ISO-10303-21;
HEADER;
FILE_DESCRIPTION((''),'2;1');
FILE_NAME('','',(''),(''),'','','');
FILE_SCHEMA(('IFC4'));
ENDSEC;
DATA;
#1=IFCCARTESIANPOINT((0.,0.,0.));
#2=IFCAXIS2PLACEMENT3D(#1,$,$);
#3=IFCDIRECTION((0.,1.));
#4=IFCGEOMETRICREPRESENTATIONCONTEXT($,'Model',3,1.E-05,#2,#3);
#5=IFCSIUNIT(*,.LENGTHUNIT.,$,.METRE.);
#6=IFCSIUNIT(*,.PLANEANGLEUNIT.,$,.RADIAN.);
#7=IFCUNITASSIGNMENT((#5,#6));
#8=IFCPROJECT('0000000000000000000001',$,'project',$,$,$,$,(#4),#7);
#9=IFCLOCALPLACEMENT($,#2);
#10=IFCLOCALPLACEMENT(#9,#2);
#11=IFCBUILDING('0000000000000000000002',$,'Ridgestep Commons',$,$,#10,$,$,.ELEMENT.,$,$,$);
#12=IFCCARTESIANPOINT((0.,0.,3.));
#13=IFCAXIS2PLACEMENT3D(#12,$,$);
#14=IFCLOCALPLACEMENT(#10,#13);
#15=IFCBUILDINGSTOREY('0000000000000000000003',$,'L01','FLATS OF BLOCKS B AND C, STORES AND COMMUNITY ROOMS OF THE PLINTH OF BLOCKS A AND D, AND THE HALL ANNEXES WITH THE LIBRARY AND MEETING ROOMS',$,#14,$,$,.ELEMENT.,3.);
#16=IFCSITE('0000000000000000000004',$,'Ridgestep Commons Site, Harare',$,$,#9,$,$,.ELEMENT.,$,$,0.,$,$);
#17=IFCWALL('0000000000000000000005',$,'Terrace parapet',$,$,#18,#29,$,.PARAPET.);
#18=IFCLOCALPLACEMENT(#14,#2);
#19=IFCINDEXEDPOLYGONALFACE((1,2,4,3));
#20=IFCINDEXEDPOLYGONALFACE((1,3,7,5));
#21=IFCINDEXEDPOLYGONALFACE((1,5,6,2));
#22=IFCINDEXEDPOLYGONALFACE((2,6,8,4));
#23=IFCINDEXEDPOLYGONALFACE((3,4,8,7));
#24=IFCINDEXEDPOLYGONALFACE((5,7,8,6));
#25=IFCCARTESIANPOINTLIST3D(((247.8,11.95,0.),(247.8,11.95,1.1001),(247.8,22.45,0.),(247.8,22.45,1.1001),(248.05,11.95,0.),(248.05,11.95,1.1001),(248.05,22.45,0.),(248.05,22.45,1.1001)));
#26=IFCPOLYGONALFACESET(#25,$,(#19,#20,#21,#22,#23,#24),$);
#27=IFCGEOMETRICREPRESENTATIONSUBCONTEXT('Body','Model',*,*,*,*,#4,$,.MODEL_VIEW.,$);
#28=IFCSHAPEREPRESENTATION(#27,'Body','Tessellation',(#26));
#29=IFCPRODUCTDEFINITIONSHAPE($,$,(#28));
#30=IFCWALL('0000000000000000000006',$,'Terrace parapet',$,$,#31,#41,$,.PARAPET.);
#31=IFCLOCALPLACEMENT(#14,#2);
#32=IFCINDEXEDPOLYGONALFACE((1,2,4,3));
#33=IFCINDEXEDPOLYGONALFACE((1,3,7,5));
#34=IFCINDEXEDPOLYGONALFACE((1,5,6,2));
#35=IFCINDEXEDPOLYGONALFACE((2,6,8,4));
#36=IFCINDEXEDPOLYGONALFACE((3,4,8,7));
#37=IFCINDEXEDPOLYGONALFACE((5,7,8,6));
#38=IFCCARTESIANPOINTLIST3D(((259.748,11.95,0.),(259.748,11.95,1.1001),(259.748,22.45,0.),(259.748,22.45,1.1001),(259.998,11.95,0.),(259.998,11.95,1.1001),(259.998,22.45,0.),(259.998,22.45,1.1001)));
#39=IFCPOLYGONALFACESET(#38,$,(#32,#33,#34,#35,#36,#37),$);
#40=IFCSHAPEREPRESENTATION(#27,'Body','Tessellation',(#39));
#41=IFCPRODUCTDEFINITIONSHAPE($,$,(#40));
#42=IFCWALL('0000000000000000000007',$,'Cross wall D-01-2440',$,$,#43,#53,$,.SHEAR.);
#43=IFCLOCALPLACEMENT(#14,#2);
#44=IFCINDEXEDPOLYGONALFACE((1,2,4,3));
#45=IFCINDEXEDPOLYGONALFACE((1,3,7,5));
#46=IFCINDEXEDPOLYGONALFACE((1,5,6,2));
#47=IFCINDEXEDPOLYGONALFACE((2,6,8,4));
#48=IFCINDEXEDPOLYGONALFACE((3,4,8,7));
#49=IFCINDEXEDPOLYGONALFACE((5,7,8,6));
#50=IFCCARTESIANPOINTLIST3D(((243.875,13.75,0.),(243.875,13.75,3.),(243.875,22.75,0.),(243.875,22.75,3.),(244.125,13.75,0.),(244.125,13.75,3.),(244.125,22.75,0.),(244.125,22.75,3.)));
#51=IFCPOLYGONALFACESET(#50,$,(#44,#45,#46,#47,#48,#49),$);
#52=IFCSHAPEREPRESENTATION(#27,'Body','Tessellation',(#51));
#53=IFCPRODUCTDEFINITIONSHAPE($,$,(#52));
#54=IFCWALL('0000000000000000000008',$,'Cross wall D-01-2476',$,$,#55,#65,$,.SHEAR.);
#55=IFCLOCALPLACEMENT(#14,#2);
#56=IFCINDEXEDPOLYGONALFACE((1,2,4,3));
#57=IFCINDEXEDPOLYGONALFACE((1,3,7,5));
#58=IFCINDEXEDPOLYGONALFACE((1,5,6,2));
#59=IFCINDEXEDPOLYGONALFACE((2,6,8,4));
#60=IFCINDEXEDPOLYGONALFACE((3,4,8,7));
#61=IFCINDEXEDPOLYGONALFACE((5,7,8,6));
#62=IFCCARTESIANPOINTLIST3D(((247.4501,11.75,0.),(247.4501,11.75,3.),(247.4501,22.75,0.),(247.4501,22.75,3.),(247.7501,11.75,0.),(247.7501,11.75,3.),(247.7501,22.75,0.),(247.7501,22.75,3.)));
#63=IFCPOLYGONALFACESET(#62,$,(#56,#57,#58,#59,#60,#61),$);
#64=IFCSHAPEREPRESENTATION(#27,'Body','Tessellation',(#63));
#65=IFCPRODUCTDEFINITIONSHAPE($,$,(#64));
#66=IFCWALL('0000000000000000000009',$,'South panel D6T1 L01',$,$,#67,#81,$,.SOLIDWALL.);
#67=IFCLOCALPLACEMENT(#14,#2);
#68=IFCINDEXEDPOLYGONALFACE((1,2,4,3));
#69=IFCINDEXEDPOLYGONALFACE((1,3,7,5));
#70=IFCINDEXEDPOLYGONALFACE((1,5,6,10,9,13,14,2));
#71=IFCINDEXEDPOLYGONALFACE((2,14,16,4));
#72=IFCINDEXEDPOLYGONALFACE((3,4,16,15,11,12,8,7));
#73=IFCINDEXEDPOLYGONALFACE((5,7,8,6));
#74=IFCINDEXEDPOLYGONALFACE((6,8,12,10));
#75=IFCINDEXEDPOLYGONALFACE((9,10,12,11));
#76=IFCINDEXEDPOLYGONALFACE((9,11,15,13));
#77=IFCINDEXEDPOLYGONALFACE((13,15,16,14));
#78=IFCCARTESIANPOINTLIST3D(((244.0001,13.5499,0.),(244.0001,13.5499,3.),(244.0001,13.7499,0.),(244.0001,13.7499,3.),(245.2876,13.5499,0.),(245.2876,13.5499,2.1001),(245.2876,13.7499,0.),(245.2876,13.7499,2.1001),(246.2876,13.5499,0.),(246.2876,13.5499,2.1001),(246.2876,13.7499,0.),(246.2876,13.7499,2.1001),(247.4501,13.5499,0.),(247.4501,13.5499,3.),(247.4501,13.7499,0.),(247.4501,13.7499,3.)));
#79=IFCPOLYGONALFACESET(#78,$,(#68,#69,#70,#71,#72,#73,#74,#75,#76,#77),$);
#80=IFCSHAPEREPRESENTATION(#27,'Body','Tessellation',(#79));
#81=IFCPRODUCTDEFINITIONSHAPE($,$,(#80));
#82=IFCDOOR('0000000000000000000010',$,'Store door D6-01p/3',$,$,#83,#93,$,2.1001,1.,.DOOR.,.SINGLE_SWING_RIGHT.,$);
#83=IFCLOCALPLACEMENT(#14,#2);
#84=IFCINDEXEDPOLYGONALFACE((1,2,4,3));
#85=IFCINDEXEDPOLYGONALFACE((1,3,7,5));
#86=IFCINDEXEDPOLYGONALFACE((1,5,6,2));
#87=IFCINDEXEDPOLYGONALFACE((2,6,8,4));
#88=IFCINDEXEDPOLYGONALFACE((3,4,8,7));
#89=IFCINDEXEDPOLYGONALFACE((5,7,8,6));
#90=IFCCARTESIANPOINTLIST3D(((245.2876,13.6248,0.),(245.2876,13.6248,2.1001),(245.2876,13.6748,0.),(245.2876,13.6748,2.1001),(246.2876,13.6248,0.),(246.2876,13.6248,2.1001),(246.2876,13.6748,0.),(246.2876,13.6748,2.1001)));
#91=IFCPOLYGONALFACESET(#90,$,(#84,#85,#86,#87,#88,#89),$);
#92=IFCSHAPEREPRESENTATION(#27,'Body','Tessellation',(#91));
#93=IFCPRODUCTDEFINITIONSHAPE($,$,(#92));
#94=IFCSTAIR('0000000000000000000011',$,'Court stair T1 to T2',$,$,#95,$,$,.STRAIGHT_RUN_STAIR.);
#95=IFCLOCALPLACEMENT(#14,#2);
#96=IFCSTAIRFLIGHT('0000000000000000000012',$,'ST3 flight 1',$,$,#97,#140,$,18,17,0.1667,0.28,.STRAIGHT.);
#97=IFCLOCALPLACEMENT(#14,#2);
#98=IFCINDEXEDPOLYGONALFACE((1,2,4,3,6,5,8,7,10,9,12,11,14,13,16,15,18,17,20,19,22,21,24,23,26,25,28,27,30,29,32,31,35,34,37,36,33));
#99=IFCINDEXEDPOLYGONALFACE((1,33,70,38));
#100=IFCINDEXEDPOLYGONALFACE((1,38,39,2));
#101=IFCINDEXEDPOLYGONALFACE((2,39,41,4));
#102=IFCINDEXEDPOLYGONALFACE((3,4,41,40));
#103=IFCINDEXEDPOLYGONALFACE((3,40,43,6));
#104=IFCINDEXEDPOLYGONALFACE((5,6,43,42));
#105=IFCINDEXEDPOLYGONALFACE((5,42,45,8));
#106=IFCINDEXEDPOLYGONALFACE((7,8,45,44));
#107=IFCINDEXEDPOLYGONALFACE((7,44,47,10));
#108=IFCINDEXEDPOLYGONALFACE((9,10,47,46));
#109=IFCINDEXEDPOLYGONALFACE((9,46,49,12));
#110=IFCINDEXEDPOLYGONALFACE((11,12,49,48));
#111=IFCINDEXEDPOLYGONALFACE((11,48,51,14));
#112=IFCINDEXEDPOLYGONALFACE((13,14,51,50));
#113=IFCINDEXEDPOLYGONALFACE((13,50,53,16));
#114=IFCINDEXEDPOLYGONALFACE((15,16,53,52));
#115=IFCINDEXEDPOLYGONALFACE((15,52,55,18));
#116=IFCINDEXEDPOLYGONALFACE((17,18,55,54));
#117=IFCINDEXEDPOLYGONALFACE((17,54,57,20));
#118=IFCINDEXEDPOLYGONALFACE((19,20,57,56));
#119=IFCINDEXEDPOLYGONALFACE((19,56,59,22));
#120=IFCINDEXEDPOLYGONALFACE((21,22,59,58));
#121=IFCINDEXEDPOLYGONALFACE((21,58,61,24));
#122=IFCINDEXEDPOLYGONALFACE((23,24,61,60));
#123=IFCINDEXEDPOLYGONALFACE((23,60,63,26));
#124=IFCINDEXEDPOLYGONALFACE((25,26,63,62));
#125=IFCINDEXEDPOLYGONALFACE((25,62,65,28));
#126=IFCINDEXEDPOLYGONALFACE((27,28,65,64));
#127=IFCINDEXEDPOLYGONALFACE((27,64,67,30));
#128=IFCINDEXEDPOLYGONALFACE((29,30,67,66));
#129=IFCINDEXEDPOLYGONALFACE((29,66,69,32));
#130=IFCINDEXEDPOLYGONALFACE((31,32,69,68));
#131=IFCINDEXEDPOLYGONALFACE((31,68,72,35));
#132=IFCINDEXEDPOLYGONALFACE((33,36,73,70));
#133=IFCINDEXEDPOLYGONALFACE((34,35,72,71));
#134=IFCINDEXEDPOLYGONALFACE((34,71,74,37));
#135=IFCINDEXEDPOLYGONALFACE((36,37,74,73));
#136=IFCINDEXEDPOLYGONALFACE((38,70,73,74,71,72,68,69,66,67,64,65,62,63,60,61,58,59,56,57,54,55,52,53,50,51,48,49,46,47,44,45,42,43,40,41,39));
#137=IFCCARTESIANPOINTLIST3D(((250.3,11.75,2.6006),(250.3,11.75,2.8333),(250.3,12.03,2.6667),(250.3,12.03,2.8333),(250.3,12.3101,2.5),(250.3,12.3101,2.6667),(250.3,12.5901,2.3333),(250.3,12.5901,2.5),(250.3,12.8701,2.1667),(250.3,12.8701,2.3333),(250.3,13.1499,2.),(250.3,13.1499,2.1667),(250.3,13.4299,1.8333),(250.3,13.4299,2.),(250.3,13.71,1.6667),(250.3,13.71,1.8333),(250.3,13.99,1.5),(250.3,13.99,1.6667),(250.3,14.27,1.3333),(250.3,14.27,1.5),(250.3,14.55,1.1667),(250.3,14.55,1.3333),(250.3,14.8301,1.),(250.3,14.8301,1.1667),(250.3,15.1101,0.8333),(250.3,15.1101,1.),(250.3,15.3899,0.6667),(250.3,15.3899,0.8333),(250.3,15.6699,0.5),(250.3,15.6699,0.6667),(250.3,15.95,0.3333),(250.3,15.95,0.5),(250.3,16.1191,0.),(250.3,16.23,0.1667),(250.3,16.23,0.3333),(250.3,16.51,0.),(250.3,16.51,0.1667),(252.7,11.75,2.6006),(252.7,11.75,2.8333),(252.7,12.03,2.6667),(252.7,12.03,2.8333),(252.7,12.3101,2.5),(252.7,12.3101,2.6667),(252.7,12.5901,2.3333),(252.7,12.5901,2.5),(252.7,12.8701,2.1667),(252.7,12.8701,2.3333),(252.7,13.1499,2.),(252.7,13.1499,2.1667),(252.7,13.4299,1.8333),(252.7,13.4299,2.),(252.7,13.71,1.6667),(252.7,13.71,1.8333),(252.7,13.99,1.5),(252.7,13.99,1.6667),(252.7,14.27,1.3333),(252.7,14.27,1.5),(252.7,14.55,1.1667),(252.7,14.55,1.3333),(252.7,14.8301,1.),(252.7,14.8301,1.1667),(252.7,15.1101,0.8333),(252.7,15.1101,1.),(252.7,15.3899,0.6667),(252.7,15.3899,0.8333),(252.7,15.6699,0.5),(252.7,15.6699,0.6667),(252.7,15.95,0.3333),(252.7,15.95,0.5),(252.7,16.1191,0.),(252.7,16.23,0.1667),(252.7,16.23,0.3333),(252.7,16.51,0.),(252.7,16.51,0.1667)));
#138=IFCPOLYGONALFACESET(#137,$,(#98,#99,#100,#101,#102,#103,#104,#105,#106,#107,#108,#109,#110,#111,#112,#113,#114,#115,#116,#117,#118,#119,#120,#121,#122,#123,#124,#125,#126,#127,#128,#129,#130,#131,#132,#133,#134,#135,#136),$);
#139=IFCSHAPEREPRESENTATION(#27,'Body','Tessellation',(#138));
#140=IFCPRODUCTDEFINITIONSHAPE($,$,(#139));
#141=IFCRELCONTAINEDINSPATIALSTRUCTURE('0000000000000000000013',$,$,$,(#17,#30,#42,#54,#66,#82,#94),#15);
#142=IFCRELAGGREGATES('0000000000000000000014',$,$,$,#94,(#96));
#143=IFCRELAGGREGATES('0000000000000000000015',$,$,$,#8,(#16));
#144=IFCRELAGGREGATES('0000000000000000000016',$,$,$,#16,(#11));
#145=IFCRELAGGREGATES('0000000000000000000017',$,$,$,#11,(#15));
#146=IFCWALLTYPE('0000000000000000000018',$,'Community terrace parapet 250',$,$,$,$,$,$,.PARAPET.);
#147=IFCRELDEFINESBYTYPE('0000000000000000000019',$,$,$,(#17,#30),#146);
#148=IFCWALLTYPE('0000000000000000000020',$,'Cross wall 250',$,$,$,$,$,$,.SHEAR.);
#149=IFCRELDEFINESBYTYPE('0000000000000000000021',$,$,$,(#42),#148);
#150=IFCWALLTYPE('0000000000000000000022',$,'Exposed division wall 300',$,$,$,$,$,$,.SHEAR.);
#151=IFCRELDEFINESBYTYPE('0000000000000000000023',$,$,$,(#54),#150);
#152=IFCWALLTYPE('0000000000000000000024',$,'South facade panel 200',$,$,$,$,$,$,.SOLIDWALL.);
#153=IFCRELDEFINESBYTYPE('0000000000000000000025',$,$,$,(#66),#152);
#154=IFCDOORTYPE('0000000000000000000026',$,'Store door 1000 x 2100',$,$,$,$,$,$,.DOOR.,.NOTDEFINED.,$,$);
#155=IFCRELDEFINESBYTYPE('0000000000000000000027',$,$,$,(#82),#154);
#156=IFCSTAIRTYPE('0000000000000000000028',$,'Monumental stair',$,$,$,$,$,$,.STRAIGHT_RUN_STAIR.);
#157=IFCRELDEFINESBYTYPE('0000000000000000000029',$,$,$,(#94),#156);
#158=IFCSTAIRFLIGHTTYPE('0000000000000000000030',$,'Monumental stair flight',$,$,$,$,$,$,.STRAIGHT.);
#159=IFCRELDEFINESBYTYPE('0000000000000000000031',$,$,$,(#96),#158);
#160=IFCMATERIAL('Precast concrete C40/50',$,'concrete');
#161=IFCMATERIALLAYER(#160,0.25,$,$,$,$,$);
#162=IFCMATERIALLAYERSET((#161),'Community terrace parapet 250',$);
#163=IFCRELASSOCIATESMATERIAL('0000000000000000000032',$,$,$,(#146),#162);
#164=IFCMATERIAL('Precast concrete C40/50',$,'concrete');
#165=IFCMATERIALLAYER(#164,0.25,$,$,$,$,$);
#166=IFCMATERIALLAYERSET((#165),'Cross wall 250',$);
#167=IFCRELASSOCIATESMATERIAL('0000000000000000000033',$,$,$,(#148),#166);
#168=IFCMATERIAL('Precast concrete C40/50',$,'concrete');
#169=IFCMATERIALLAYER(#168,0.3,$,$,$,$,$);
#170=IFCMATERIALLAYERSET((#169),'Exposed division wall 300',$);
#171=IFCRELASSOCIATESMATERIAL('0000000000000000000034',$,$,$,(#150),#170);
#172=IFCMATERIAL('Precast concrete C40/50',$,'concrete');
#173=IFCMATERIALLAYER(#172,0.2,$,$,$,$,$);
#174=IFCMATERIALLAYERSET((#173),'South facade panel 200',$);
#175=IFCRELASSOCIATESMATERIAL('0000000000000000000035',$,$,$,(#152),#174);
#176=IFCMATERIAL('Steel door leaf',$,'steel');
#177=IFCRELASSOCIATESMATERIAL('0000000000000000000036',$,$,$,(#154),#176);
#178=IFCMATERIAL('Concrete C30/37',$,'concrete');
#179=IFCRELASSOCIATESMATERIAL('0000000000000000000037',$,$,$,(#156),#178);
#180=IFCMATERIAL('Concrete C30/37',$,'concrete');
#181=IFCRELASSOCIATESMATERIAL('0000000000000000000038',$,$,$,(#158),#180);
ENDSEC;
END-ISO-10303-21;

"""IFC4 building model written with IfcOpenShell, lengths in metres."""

from ifc_helpers import new_model, si_unit, direction, frame, frame_2d, origin, place, context, subcontext, project, spatial, polyline, rectangle, outline, extrude, material, layer, layer_set, type_object, element, fill, aggregate, save


model = new_model("IFC4")

# Units and contexts
model_context = context("Model", 3, precision=1e-05, world=origin(), true_north=direction((0.0, 1.0)))
body_context = subcontext(model_context, "Body", "Model", "MODEL_VIEW")
ifc_project = project(units=[si_unit("LENGTHUNIT", "METRE"), si_unit("PLANEANGLEUNIT", "RADIAN")], contexts=[model_context])

# Site, building, storey
site_placement = place(None, origin())
site = spatial("IfcSite", under=ifc_project, at=site_placement, Name="Ridgestep Commons Site, Harare", CompositionType="ELEMENT", RefElevation=0.0)
building_placement = place(site_placement, origin())
building = spatial("IfcBuilding", under=site, at=building_placement, Name="Ridgestep Commons", CompositionType="ELEMENT")
storey_placement = place(building_placement, frame((0.0, 0.0, 3.0)))
storey = spatial("IfcBuildingStorey", under=building, at=storey_placement, Name="L01", Description="FLATS OF BLOCKS B AND C, STORES AND COMMUNITY ROOMS OF THE PLINTH OF BLOCKS A AND D, AND THE HALL ANNEXES WITH THE LIBRARY AND MEETING ROOMS", CompositionType="ELEMENT", Elevation=3.0)

# Walls
ifc_material_1 = material(Name="Precast concrete C40/50", Category="concrete")
ifc_layer_1 = layer(ifc_material_1, 0.25)
ifc_layer_set_1 = layer_set([ifc_layer_1], Name="Community terrace parapet 250")
wall_type_1 = type_object("IfcWallType", Name="Community terrace parapet 250", PredefinedType="PARAPET", material=ifc_layer_set_1)
for number, where, z_axis, x_axis, name in (
    (1, (247.925, 11.95, 0.0), (0.0, 0.0, 1.0), (0.0, 1.0, 0.0), "Terrace parapet"),
    (2, (259.873, 11.95, 0.0), (0.0, 0.0, 1.0), (0.0, 1.0, 0.0), "Terrace parapet"),
):
    element("IfcWall", number, at=place(storey_placement, frame(where, z_axis=z_axis, x_axis=x_axis)), inside=storey, type_object=wall_type_1, Name=name, PredefinedType="PARAPET", context=body_context, shape_type="SweptSolid", body=[
        extrude(rectangle(XDim=10.5, YDim=0.25, at=frame_2d((5.25, 0.0))), origin(), (0.0, 0.0, 1.0), 1.1001),
    ])
ifc_material_2 = material(Name="Precast concrete C40/50", Category="concrete")
ifc_layer_2 = layer(ifc_material_2, 0.25)
ifc_layer_set_2 = layer_set([ifc_layer_2], Name="Cross wall 250")
wall_type_2 = type_object("IfcWallType", Name="Cross wall 250", PredefinedType="SHEAR", material=ifc_layer_set_2)
wall_1_placement = place(storey_placement, frame((244.0, 13.75, 0.0), z_axis=(0.0, 0.0, 1.0), x_axis=(0.0, 1.0, 0.0)))
element("IfcWall", 3, at=wall_1_placement, inside=storey, type_object=wall_type_2, Name="Cross wall D-01-2440", PredefinedType="SHEAR", context=body_context, shape_type="SweptSolid", body=[
    extrude(rectangle(XDim=9.0, YDim=0.25, at=frame_2d((4.5, 0.0))), origin(), (0.0, 0.0, 1.0), 3.0),
])
ifc_material_3 = material(Name="Precast concrete C40/50", Category="concrete")
ifc_layer_3 = layer(ifc_material_3, 0.3)
ifc_layer_set_3 = layer_set([ifc_layer_3], Name="Exposed division wall 300")
wall_type_3 = type_object("IfcWallType", Name="Exposed division wall 300", PredefinedType="SHEAR", material=ifc_layer_set_3)
wall_2_placement = place(storey_placement, frame((247.6001, 11.75, 0.0), z_axis=(0.0, 0.0, 1.0), x_axis=(0.0, 1.0, 0.0)))
element("IfcWall", 4, at=wall_2_placement, inside=storey, type_object=wall_type_3, Name="Cross wall D-01-2476", PredefinedType="SHEAR", context=body_context, shape_type="SweptSolid", body=[
    extrude(rectangle(XDim=11.0, YDim=0.3, at=frame_2d((5.5, 0.0))), origin(), (0.0, 0.0, 1.0), 3.0),
])

# Wall, opening, door
ifc_material_4 = material(Name="Precast concrete C40/50", Category="concrete")
ifc_layer_4 = layer(ifc_material_4, 0.2)
ifc_layer_set_4 = layer_set([ifc_layer_4], Name="South facade panel 200")
wall_type_4 = type_object("IfcWallType", Name="South facade panel 200", PredefinedType="SOLIDWALL", material=ifc_layer_set_4)
wall_3_placement = place(storey_placement, frame((244.0, 13.6499, 0.0), z_axis=(0.0, 0.0, 1.0), x_axis=(1.0, 0.0, 0.0)))
wall_3 = element("IfcWall", 5, at=wall_3_placement, inside=storey, type_object=wall_type_4, Name="South panel D6T1 L01", PredefinedType="SOLIDWALL", context=body_context, shape_type="SweptSolid", body=[
    extrude(rectangle(XDim=3.45, YDim=0.2, at=frame_2d((1.7251, 0.0))), origin(), (0.0, 0.0, 1.0), 3.0),
])
opening_placement = place(wall_3_placement, frame((1.2876, 0.0, 0.0)))
opening = element("IfcOpeningElement", 6, at=opening_placement, cuts=wall_3, PredefinedType="OPENING", context=body_context, shape_type="SweptSolid", body=[
    extrude(rectangle(XDim=1.0, YDim=2.1001, at=frame_2d((0.5, 1.05))), frame((0.0, 0.1099, 0.0), z_axis=(0.0, -1.0, 0.0), x_axis=(1.0, 0.0, 0.0)), (0.0, 0.0, 1.0), 0.22),
])
ifc_material_5 = material(Name="Steel door leaf", Category="steel")
door_type = type_object("IfcDoorType", Name="Store door 1000 x 2100", OperationType="NOTDEFINED", PredefinedType="DOOR", material=ifc_material_5)
door_placement = place(opening_placement, origin())
door = element("IfcDoor", 7, at=door_placement, inside=storey, type_object=door_type, Name="Store door D6-01p/3", OperationType="SINGLE_SWING_RIGHT", OverallHeight=2.1001, OverallWidth=1.0, PredefinedType="DOOR", context=body_context, shape_type="SweptSolid", body=[
    extrude(rectangle(XDim=1.0, YDim=2.1001, at=frame_2d((0.5, 1.05))), frame((0.0, 0.0249, 0.0), z_axis=(0.0, -1.0, 0.0), x_axis=(1.0, 0.0, 0.0)), (0.0, 0.0, 1.0), 0.05),
])
fill(opening, door)

# Stair, stair flight
ifc_material_6 = material(Name="Concrete C30/37", Category="concrete")
stair_type = type_object("IfcStairType", Name="Monumental stair", PredefinedType="STRAIGHT_RUN_STAIR", material=ifc_material_6)
stair_placement = place(storey_placement, origin())
stair = element("IfcStair", 8, at=stair_placement, inside=storey, type_object=stair_type, Name="Court stair T1 to T2", PredefinedType="STRAIGHT_RUN_STAIR")
ifc_material_7 = material(Name="Concrete C30/37", Category="concrete")
stair_flight_type = type_object("IfcStairFlightType", Name="Monumental stair flight", PredefinedType="STRAIGHT", material=ifc_material_7)
stair_flight_placement = place(storey_placement, frame((251.5, 16.51, 0.0), z_axis=(0.0, 0.0, 1.0), x_axis=(0.0, -1.0, 0.0)))
stair_flight = element("IfcStairFlight", 9, at=stair_flight_placement, type_object=stair_flight_type, Name="ST3 flight 1", NumberOfRisers=18, NumberOfTreads=17, PredefinedType="STRAIGHT", RiserHeight=0.1667, TreadLength=0.28, context=body_context, shape_type="SweptSolid", body=[
    extrude(outline(polyline([(0.0, 0.0), (0.0, 0.1667), (0.28, 0.1667), (0.28, 0.3333), (0.5601, 0.3333), (0.5601, 0.5), (0.8401, 0.5), (0.8401, 0.6667), (1.1201, 0.6667), (1.1201, 0.8333), (1.3999, 0.8333), (1.3999, 1.0), (1.6799, 1.0), (1.6799, 1.1667), (1.96, 1.1667), (1.96, 1.3333), (2.24, 1.3333), (2.24, 1.5), (2.52, 1.5), (2.52, 1.6667), (2.8, 1.6667), (2.8, 1.8333), (3.0801, 1.8333), (3.0801, 2.0), (3.3601, 2.0), (3.3601, 2.1667), (3.6399, 2.1667), (3.6399, 2.3333), (3.9199, 2.3333), (3.9199, 2.5), (4.2, 2.5), (4.2, 2.6667), (4.48, 2.6667), (4.48, 2.8333), (4.76, 2.8333), (4.76, 3.0), (4.76, 2.6006), (0.3909, 0.0), (0.0, 0.0)])), frame((0.0, 1.2, 0.0), z_axis=(0.0, -1.0, 0.0), x_axis=(1.0, 0.0, 0.0)), (0.0, 0.0, 1.0), 2.3999),
])
aggregate(stair, [stair_flight])

save(model, "model.ifc")
